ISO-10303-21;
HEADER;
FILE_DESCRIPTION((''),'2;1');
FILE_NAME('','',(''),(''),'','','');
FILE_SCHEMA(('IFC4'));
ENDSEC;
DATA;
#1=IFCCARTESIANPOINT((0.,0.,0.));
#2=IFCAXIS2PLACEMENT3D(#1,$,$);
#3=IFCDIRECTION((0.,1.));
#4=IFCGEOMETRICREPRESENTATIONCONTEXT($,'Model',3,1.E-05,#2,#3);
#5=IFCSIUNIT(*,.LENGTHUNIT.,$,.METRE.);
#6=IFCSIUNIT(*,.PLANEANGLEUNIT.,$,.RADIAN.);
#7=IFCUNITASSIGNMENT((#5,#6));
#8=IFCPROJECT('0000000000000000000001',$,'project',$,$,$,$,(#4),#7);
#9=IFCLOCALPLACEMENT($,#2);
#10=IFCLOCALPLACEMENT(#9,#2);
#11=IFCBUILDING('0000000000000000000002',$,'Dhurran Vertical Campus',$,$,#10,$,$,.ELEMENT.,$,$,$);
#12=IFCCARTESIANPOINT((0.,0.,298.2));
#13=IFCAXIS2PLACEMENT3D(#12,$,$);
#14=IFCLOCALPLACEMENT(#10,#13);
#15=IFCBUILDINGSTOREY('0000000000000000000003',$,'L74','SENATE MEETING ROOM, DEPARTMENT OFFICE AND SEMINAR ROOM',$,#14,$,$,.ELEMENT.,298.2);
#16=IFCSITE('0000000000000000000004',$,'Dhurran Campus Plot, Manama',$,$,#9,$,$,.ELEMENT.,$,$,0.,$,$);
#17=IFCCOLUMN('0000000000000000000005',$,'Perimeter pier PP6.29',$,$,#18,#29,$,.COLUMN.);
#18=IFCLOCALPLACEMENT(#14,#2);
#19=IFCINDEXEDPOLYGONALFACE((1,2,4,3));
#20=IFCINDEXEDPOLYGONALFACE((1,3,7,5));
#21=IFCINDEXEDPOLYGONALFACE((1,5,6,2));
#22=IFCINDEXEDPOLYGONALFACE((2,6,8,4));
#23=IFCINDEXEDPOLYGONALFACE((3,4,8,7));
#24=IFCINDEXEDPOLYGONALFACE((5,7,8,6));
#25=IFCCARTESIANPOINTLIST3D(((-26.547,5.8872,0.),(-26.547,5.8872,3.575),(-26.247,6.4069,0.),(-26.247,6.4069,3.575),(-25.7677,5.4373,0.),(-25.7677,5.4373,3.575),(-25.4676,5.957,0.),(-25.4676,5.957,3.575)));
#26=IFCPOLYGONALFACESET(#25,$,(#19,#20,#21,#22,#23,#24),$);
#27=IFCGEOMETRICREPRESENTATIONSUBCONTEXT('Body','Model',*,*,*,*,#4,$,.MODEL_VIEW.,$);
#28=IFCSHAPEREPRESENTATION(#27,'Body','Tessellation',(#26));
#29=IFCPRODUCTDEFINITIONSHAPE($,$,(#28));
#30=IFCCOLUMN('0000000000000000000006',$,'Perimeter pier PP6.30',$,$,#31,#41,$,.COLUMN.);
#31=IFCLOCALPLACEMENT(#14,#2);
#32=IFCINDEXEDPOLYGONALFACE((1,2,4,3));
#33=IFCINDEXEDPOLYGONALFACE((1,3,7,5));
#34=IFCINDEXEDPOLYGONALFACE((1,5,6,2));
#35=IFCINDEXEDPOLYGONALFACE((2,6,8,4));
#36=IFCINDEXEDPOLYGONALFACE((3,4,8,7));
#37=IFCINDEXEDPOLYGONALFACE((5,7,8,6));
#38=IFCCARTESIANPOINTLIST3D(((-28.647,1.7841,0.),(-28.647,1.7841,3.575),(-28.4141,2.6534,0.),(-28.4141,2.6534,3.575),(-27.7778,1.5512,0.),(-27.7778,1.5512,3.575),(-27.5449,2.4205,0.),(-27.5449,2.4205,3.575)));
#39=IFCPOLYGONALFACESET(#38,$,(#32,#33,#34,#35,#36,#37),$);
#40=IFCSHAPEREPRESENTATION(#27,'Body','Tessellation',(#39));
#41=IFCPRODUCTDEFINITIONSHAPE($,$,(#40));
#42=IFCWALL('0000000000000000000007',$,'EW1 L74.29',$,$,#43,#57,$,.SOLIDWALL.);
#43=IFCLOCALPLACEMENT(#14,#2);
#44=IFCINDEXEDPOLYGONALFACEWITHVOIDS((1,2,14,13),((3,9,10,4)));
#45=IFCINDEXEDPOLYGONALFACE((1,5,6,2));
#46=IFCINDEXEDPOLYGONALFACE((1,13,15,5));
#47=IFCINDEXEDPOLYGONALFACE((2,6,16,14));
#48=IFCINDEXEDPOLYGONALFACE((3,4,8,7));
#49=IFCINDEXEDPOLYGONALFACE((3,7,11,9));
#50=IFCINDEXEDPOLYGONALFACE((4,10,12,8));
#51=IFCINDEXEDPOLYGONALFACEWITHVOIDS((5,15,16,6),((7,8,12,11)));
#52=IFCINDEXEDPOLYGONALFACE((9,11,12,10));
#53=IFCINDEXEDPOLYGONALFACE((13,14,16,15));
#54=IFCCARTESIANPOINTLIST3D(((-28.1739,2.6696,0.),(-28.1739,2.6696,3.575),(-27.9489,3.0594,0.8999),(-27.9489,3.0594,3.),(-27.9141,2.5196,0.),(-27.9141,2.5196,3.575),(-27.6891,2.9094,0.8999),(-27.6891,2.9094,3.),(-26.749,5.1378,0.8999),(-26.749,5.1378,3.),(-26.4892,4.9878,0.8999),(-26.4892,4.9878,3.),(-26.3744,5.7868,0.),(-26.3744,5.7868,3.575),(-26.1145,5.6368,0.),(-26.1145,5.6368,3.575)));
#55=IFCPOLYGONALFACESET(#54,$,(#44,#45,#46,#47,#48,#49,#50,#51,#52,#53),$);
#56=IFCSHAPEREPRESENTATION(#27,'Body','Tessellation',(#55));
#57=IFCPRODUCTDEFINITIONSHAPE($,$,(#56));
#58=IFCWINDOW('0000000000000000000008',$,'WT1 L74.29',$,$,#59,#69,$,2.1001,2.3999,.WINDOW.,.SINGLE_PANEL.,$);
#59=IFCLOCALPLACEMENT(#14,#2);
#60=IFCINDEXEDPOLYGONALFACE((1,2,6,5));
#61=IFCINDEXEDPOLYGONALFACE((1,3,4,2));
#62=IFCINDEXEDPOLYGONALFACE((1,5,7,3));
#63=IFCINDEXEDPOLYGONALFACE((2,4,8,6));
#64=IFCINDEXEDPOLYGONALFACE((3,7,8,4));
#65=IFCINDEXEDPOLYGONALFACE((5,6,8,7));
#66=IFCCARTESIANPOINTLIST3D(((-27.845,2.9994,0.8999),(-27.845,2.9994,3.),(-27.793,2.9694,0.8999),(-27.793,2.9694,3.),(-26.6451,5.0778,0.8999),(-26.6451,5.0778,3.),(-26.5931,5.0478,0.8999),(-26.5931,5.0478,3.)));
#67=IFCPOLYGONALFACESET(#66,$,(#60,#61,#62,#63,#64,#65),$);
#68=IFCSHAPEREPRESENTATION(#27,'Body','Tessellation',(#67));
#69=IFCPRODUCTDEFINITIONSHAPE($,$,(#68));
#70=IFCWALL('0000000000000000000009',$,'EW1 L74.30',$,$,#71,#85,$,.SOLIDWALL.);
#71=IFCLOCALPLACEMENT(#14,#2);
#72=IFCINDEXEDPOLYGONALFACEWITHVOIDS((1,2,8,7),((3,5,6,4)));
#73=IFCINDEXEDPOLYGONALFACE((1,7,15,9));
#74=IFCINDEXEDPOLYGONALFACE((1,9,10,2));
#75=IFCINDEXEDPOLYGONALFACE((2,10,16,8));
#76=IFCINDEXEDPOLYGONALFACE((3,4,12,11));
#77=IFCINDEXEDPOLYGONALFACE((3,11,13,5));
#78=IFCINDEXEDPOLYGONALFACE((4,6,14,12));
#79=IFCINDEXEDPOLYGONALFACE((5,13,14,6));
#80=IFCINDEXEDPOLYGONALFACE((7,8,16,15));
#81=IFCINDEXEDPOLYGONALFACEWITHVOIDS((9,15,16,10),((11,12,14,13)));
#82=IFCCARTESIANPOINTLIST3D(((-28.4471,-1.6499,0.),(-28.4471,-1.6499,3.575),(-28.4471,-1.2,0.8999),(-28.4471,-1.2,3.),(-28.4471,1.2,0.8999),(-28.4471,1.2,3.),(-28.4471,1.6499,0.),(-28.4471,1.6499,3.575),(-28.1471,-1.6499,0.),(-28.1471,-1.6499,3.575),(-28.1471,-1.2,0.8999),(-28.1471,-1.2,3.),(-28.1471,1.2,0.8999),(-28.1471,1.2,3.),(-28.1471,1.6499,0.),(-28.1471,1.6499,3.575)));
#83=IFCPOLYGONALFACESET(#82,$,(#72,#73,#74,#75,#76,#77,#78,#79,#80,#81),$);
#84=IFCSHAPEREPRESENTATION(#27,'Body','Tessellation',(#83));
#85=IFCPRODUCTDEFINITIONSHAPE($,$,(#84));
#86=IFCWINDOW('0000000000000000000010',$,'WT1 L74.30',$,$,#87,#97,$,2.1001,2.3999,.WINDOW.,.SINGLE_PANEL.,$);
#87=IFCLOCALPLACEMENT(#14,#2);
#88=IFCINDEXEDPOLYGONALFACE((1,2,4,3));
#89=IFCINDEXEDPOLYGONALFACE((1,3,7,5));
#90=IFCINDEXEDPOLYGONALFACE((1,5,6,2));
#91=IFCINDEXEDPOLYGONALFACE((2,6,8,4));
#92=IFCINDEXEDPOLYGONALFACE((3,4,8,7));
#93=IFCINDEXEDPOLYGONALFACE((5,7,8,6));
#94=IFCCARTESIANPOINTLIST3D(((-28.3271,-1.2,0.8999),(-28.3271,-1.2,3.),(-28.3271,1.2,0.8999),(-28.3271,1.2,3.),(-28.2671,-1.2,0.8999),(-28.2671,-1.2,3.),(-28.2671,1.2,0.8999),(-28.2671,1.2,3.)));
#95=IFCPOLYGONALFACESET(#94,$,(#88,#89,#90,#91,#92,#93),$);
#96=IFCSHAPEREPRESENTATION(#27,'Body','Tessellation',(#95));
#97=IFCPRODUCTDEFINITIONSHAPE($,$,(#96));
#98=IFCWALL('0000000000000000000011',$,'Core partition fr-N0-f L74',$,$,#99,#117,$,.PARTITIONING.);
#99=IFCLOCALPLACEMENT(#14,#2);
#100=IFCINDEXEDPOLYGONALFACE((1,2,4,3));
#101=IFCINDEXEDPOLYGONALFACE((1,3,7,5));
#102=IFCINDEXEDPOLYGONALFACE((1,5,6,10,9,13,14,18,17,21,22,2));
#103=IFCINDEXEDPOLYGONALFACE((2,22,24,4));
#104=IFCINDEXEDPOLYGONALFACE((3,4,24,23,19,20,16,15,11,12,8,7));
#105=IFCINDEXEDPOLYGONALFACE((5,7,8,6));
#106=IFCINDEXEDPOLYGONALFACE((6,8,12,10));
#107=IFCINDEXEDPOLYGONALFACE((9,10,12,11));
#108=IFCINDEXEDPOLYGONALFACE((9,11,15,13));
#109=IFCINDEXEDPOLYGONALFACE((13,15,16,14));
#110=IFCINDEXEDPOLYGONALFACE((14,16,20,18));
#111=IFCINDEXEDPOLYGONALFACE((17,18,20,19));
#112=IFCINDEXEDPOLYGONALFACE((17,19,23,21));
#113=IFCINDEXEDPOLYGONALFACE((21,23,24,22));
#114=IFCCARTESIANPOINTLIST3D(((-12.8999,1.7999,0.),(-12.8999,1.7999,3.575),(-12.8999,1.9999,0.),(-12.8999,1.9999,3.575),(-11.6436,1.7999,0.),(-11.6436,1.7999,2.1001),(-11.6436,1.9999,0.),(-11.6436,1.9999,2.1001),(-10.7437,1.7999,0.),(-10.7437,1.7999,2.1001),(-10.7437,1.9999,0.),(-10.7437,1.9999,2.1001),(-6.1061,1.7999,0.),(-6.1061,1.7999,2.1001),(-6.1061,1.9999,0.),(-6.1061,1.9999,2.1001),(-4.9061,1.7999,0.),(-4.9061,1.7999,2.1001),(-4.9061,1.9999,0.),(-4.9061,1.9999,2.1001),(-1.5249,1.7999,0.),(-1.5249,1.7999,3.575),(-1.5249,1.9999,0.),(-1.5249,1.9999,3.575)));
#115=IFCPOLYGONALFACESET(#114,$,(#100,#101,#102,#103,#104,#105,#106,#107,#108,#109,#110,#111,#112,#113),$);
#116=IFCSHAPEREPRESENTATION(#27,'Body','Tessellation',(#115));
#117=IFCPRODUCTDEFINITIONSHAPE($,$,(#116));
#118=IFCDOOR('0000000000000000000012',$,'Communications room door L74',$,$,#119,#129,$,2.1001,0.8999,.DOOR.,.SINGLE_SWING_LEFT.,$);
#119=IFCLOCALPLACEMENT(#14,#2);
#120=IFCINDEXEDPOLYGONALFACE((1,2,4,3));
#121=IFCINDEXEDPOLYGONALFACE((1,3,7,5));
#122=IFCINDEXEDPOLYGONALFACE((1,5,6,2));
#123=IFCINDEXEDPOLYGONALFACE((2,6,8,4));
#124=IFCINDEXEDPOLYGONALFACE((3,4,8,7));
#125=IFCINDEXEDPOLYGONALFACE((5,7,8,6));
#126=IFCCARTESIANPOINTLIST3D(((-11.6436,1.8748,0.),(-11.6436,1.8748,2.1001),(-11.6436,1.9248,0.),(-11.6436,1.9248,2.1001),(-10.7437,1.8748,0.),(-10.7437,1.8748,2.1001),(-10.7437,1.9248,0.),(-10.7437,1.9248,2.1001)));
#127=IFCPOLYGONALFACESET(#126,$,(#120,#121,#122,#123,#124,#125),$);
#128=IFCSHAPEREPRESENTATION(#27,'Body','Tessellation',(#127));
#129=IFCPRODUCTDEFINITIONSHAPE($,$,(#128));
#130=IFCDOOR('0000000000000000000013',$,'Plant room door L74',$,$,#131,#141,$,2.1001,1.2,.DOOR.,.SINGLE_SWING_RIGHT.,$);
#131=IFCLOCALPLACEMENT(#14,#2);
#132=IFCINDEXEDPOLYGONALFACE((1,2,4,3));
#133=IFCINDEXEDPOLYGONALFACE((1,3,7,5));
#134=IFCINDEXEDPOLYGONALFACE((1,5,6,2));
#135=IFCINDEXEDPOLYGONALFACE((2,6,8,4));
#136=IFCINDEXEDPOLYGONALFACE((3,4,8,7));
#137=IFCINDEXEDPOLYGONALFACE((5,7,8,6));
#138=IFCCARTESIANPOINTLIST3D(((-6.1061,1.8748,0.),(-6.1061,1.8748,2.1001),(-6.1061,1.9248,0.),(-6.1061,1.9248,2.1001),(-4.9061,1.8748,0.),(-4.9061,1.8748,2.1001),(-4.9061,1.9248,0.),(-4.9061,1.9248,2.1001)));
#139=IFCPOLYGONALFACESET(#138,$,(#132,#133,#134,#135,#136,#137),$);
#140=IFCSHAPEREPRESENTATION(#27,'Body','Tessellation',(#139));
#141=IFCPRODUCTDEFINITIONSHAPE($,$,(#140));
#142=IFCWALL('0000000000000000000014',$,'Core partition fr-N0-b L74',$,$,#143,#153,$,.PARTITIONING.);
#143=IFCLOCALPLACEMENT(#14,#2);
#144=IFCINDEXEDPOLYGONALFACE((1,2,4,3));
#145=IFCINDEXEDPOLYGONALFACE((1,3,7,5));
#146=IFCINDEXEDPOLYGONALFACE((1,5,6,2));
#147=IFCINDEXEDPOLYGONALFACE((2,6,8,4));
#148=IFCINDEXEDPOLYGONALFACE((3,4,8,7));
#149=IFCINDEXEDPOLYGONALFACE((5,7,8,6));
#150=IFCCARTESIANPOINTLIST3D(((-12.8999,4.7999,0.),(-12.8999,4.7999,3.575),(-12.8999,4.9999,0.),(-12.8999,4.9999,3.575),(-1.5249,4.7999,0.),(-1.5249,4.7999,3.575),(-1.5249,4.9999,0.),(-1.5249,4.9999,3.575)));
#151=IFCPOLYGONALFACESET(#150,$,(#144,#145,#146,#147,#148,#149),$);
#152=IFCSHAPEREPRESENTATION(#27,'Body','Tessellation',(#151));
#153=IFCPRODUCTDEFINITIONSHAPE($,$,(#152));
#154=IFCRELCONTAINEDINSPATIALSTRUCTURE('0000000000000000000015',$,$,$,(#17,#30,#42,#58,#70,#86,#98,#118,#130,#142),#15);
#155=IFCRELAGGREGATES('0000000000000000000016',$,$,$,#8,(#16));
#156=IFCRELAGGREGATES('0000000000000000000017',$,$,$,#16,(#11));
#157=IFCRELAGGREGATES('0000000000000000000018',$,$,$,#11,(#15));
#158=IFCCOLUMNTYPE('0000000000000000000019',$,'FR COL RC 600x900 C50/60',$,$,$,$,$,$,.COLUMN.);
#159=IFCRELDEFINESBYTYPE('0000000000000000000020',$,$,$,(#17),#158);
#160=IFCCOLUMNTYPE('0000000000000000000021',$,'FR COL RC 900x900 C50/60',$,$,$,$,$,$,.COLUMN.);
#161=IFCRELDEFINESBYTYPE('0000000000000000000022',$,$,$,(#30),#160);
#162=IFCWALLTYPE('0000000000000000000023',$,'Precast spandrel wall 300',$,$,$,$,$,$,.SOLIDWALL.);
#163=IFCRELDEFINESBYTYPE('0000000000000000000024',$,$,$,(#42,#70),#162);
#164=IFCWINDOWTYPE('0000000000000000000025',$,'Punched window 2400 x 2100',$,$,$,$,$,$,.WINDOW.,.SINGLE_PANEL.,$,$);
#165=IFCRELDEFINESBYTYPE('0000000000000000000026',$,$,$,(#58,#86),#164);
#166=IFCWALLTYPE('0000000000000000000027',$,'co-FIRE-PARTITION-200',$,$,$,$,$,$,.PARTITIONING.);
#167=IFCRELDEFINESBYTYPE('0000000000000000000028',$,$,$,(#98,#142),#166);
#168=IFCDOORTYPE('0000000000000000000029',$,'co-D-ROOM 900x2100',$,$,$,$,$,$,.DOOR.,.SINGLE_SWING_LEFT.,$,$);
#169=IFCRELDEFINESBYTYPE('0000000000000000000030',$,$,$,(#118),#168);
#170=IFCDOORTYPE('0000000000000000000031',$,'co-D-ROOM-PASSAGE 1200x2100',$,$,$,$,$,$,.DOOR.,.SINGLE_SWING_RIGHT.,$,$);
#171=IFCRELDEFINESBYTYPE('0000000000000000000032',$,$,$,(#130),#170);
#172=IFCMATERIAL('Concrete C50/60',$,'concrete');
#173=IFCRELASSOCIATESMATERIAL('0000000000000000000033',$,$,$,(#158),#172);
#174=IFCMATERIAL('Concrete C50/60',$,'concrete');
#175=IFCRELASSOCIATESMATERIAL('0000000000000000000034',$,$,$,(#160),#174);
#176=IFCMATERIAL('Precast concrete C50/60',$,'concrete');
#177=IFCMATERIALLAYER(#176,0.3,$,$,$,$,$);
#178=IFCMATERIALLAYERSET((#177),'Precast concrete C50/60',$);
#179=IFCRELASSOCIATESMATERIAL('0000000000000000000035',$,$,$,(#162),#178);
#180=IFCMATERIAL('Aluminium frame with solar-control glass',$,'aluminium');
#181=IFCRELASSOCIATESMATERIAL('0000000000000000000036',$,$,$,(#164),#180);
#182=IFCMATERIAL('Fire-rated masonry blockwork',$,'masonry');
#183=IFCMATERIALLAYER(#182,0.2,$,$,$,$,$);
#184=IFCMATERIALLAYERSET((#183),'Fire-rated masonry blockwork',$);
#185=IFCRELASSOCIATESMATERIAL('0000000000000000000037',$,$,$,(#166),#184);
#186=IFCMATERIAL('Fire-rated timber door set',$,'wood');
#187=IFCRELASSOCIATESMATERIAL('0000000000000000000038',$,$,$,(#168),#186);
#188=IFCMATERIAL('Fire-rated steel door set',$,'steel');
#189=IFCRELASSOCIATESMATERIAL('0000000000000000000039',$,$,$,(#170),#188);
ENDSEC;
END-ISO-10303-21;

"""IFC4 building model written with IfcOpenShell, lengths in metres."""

from ifc_helpers import new_model, si_unit, direction, frame, frame_2d, origin, origin_2d, place, context, subcontext, project, spatial, rectangle, extrude, material, layer, layer_set, material_profile, profile_set, type_object, element, fill, save


model = new_model("IFC4")

# Units and contexts
model_context = context("Model", 3, precision=1e-05, world=origin(), true_north=direction((0.0, 1.0)))
body_context = subcontext(model_context, "Body", "Model", "MODEL_VIEW")
ifc_project = project(units=[si_unit("LENGTHUNIT", "METRE"), si_unit("PLANEANGLEUNIT", "RADIAN")], contexts=[model_context])

# Site, building, storey
site_placement = place(None, origin())
site = spatial("IfcSite", under=ifc_project, at=site_placement, Name="Dhurran Campus Plot, Manama", CompositionType="ELEMENT", RefElevation=0.0)
building_placement = place(site_placement, origin())
building = spatial("IfcBuilding", under=site, at=building_placement, Name="Dhurran Vertical Campus", CompositionType="ELEMENT")
storey_placement = place(building_placement, frame((0.0, 0.0, 298.2)))
storey = spatial("IfcBuildingStorey", under=building, at=storey_placement, Name="L74", Description="SENATE MEETING ROOM, DEPARTMENT OFFICE AND SEMINAR ROOM", CompositionType="ELEMENT", Elevation=298.2)

# Columns
ifc_material_1 = material(Name="Concrete C50/60", Category="concrete")
ifc_material_profile_1 = material_profile(ifc_material_1, rectangle(XDim=0.6001, YDim=0.8999, at=origin_2d()), Name="RC 600x900")
ifc_profile_set_1 = profile_set([ifc_material_profile_1], Name="Concrete C50/60")
column_type_1 = type_object("IfcColumnType", Name="FR COL RC 600x900 C50/60", PredefinedType="COLUMN", material=ifc_profile_set_1)
column_1_placement = place(storey_placement, frame((-26.0073, 5.9221, 0.0), z_axis=(0.0, 0.0, 1.0), x_axis=(-0.5, -0.866025, 0.0)))
element("IfcColumn", 1, at=column_1_placement, inside=storey, type_object=column_type_1, Name="Perimeter pier PP6.29", PredefinedType="COLUMN", context=body_context, shape_type="SweptSolid", body=[
    extrude(rectangle(XDim=0.6001, YDim=0.8999, at=origin_2d()), origin(), (0.0, 0.0, 1.0), 3.575),
])
ifc_material_2 = material(Name="Concrete C50/60", Category="concrete")
ifc_material_profile_2 = material_profile(ifc_material_2, rectangle(XDim=0.8999, YDim=0.8999, at=origin_2d()), Name="RC 900x900")
ifc_profile_set_2 = profile_set([ifc_material_profile_2], Name="Concrete C50/60")
column_type_2 = type_object("IfcColumnType", Name="FR COL RC 900x900 C50/60", PredefinedType="COLUMN", material=ifc_profile_set_2)
column_2_placement = place(storey_placement, frame((-28.0959, 2.1023, 0.0), z_axis=(0.0, 0.0, 1.0), x_axis=(-0.258819, -0.965926, 0.0)))
element("IfcColumn", 2, at=column_2_placement, inside=storey, type_object=column_type_2, Name="Perimeter pier PP6.30", PredefinedType="COLUMN", context=body_context, shape_type="SweptSolid", body=[
    extrude(rectangle(XDim=0.8999, YDim=0.8999, at=origin_2d()), origin(), (0.0, 0.0, 1.0), 3.575),
])

# Walls, openings, windows
ifc_material_3 = material(Name="Precast concrete C50/60", Category="concrete")
ifc_layer_1 = layer(ifc_material_3, 0.3)
ifc_layer_set_1 = layer_set([ifc_layer_1], Name="Precast concrete C50/60")
wall_type_1 = type_object("IfcWallType", Name="Precast spandrel wall 300", PredefinedType="SOLIDWALL", material=ifc_layer_set_1)
wall_1_placement = place(storey_placement, frame((-26.2444, 5.7119, 0.0), z_axis=(0.0, 0.0, 1.0), x_axis=(-0.499969, -0.866043, 0.0)))
wall_1 = element("IfcWall", 3, at=wall_1_placement, inside=storey, type_object=wall_type_1, Name="EW1 L74.29", PredefinedType="SOLIDWALL", context=body_context, shape_type="SweptSolid", body=[
    extrude(rectangle(XDim=3.5994, YDim=0.3, at=frame_2d((1.7998, 0.0))), origin(), (0.0, 0.0, 1.0), 3.575),
])
opening_1_placement = place(wall_1_placement, frame((0.7495, 0.0, 0.8999)))
opening_1 = element("IfcOpeningElement", 4, at=opening_1_placement, cuts=wall_1, PredefinedType="OPENING", context=body_context, shape_type="SweptSolid", body=[
    extrude(rectangle(XDim=2.3999, YDim=2.1001, at=frame_2d((1.2, 1.05))), frame((0.0, 0.1599, 0.0), z_axis=(0.0, -1.0, 0.0), x_axis=(1.0, 0.0, 0.0)), (0.0, 0.0, 1.0), 0.3201),
])
ifc_material_4 = material(Name="Aluminium frame with solar-control glass", Category="aluminium")
window_type = type_object("IfcWindowType", Name="Punched window 2400 x 2100", PartitioningType="SINGLE_PANEL", PredefinedType="WINDOW", material=ifc_material_4)
window_1_placement = place(opening_1_placement, origin())
window_1 = element("IfcWindow", 5, at=window_1_placement, inside=storey, type_object=window_type, Name="WT1 L74.29", OverallHeight=2.1001, OverallWidth=2.3999, PartitioningType="SINGLE_PANEL", PredefinedType="WINDOW", context=body_context, shape_type="SweptSolid", body=[
    extrude(rectangle(XDim=2.3999, YDim=2.1001, at=frame_2d((1.2, 1.05))), frame((0.0, 0.03, 0.0), z_axis=(0.0, -1.0, 0.0), x_axis=(1.0, 0.0, 0.0)), (0.0, 0.0, 1.0), 0.0601),
])
fill(opening_1, window_1)
wall_2_placement = place(storey_placement, frame((-28.2971, 1.6499, 0.0), z_axis=(0.0, 0.0, 1.0), x_axis=(0.0, -1.0, 0.0)))
wall_2 = element("IfcWall", 6, at=wall_2_placement, inside=storey, type_object=wall_type_1, Name="EW1 L74.30", PredefinedType="SOLIDWALL", context=body_context, shape_type="SweptSolid", body=[
    extrude(rectangle(XDim=3.2998, YDim=0.3, at=frame_2d((1.6499, 0.0))), origin(), (0.0, 0.0, 1.0), 3.575),
])
opening_2_placement = place(wall_2_placement, frame((0.45, 0.0, 0.8999)))
opening_2 = element("IfcOpeningElement", 7, at=opening_2_placement, cuts=wall_2, PredefinedType="OPENING", context=body_context, shape_type="SweptSolid", body=[
    extrude(rectangle(XDim=2.3999, YDim=2.1001, at=frame_2d((1.2, 1.05))), frame((0.0, 0.1599, 0.0), z_axis=(0.0, -1.0, 0.0), x_axis=(1.0, 0.0, 0.0)), (0.0, 0.0, 1.0), 0.3201),
])
window_2_placement = place(opening_2_placement, origin())
window_2 = element("IfcWindow", 8, at=window_2_placement, inside=storey, type_object=window_type, Name="WT1 L74.30", OverallHeight=2.1001, OverallWidth=2.3999, PartitioningType="SINGLE_PANEL", PredefinedType="WINDOW", context=body_context, shape_type="SweptSolid", body=[
    extrude(rectangle(XDim=2.3999, YDim=2.1001, at=frame_2d((1.2, 1.05))), frame((0.0, 0.03, 0.0), z_axis=(0.0, -1.0, 0.0), x_axis=(1.0, 0.0, 0.0)), (0.0, 0.0, 1.0), 0.0601),
])
fill(opening_2, window_2)

# Wall, openings, doors
ifc_material_5 = material(Name="Fire-rated masonry blockwork", Category="masonry")
ifc_layer_2 = layer(ifc_material_5, 0.2)
ifc_layer_set_2 = layer_set([ifc_layer_2], Name="Fire-rated masonry blockwork")
wall_type_2 = type_object("IfcWallType", Name="co-FIRE-PARTITION-200", PredefinedType="PARTITIONING", material=ifc_layer_set_2)
wall_3_placement = place(storey_placement, frame((-12.8999, 1.8999, 0.0), z_axis=(0.0, 0.0, 1.0), x_axis=(1.0, 0.0, 0.0)))
wall_3 = element("IfcWall", 9, at=wall_3_placement, inside=storey, type_object=wall_type_2, Name="Core partition fr-N0-f L74", PredefinedType="PARTITIONING", context=body_context, shape_type="SweptSolid", body=[
    extrude(rectangle(XDim=11.375, YDim=0.2, at=frame_2d((5.6875, 0.0))), origin(), (0.0, 0.0, 1.0), 3.575),
])
opening_3_placement = place(wall_3_placement, frame((1.2563, 0.0, 0.0)))
opening_3 = element("IfcOpeningElement", 10, at=opening_3_placement, cuts=wall_3, PredefinedType="OPENING", context=body_context, shape_type="SweptSolid", body=[
    extrude(rectangle(XDim=0.8999, YDim=2.1001, at=frame_2d((0.45, 1.05))), frame((0.0, 0.1099, 0.0), z_axis=(0.0, -1.0, 0.0), x_axis=(1.0, 0.0, 0.0)), (0.0, 0.0, 1.0), 0.22),
])
opening_4_placement = place(wall_3_placement, frame((6.7937, 0.0, 0.0)))
opening_4 = element("IfcOpeningElement", 11, at=opening_4_placement, cuts=wall_3, PredefinedType="OPENING", context=body_context, shape_type="SweptSolid", body=[
    extrude(rectangle(XDim=1.2, YDim=2.1001, at=frame_2d((0.6001, 1.05))), frame((0.0, 0.1099, 0.0), z_axis=(0.0, -1.0, 0.0), x_axis=(1.0, 0.0, 0.0)), (0.0, 0.0, 1.0), 0.22),
])
ifc_material_6 = material(Name="Fire-rated timber door set", Category="wood")
door_type_1 = type_object("IfcDoorType", Name="co-D-ROOM 900x2100", OperationType="SINGLE_SWING_LEFT", PredefinedType="DOOR", material=ifc_material_6)
door_1_placement = place(opening_3_placement, origin())
door_1 = element("IfcDoor", 12, at=door_1_placement, inside=storey, type_object=door_type_1, Name="Communications room door L74", OperationType="SINGLE_SWING_LEFT", OverallHeight=2.1001, OverallWidth=0.8999, PredefinedType="DOOR", context=body_context, shape_type="SweptSolid", body=[
    extrude(rectangle(XDim=0.8999, YDim=2.1001, at=frame_2d((0.45, 1.05))), frame((0.0, 0.0249, 0.0), z_axis=(0.0, -1.0, 0.0), x_axis=(1.0, 0.0, 0.0)), (0.0, 0.0, 1.0), 0.05),
])
fill(opening_3, door_1)
ifc_material_7 = material(Name="Fire-rated steel door set", Category="steel")
door_type_2 = type_object("IfcDoorType", Name="co-D-ROOM-PASSAGE 1200x2100", OperationType="SINGLE_SWING_RIGHT", PredefinedType="DOOR", material=ifc_material_7)
door_2_placement = place(opening_4_placement, origin())
door_2 = element("IfcDoor", 13, at=door_2_placement, inside=storey, type_object=door_type_2, Name="Plant room door L74", OperationType="SINGLE_SWING_RIGHT", OverallHeight=2.1001, OverallWidth=1.2, PredefinedType="DOOR", context=body_context, shape_type="SweptSolid", body=[
    extrude(rectangle(XDim=1.2, YDim=2.1001, at=frame_2d((0.6001, 1.05))), frame((0.0, 0.0249, 0.0), z_axis=(0.0, -1.0, 0.0), x_axis=(1.0, 0.0, 0.0)), (0.0, 0.0, 1.0), 0.05),
])
fill(opening_4, door_2)

# Wall
wall_4_placement = place(storey_placement, frame((-12.8999, 4.8999, 0.0), z_axis=(0.0, 0.0, 1.0), x_axis=(1.0, 0.0, 0.0)))
element("IfcWall", 14, at=wall_4_placement, inside=storey, type_object=wall_type_2, Name="Core partition fr-N0-b L74", PredefinedType="PARTITIONING", context=body_context, shape_type="SweptSolid", body=[
    extrude(rectangle(XDim=11.375, YDim=0.2, at=frame_2d((5.6875, 0.0))), origin(), (0.0, 0.0, 1.0), 3.575),
])

save(model, "model.ifc")
